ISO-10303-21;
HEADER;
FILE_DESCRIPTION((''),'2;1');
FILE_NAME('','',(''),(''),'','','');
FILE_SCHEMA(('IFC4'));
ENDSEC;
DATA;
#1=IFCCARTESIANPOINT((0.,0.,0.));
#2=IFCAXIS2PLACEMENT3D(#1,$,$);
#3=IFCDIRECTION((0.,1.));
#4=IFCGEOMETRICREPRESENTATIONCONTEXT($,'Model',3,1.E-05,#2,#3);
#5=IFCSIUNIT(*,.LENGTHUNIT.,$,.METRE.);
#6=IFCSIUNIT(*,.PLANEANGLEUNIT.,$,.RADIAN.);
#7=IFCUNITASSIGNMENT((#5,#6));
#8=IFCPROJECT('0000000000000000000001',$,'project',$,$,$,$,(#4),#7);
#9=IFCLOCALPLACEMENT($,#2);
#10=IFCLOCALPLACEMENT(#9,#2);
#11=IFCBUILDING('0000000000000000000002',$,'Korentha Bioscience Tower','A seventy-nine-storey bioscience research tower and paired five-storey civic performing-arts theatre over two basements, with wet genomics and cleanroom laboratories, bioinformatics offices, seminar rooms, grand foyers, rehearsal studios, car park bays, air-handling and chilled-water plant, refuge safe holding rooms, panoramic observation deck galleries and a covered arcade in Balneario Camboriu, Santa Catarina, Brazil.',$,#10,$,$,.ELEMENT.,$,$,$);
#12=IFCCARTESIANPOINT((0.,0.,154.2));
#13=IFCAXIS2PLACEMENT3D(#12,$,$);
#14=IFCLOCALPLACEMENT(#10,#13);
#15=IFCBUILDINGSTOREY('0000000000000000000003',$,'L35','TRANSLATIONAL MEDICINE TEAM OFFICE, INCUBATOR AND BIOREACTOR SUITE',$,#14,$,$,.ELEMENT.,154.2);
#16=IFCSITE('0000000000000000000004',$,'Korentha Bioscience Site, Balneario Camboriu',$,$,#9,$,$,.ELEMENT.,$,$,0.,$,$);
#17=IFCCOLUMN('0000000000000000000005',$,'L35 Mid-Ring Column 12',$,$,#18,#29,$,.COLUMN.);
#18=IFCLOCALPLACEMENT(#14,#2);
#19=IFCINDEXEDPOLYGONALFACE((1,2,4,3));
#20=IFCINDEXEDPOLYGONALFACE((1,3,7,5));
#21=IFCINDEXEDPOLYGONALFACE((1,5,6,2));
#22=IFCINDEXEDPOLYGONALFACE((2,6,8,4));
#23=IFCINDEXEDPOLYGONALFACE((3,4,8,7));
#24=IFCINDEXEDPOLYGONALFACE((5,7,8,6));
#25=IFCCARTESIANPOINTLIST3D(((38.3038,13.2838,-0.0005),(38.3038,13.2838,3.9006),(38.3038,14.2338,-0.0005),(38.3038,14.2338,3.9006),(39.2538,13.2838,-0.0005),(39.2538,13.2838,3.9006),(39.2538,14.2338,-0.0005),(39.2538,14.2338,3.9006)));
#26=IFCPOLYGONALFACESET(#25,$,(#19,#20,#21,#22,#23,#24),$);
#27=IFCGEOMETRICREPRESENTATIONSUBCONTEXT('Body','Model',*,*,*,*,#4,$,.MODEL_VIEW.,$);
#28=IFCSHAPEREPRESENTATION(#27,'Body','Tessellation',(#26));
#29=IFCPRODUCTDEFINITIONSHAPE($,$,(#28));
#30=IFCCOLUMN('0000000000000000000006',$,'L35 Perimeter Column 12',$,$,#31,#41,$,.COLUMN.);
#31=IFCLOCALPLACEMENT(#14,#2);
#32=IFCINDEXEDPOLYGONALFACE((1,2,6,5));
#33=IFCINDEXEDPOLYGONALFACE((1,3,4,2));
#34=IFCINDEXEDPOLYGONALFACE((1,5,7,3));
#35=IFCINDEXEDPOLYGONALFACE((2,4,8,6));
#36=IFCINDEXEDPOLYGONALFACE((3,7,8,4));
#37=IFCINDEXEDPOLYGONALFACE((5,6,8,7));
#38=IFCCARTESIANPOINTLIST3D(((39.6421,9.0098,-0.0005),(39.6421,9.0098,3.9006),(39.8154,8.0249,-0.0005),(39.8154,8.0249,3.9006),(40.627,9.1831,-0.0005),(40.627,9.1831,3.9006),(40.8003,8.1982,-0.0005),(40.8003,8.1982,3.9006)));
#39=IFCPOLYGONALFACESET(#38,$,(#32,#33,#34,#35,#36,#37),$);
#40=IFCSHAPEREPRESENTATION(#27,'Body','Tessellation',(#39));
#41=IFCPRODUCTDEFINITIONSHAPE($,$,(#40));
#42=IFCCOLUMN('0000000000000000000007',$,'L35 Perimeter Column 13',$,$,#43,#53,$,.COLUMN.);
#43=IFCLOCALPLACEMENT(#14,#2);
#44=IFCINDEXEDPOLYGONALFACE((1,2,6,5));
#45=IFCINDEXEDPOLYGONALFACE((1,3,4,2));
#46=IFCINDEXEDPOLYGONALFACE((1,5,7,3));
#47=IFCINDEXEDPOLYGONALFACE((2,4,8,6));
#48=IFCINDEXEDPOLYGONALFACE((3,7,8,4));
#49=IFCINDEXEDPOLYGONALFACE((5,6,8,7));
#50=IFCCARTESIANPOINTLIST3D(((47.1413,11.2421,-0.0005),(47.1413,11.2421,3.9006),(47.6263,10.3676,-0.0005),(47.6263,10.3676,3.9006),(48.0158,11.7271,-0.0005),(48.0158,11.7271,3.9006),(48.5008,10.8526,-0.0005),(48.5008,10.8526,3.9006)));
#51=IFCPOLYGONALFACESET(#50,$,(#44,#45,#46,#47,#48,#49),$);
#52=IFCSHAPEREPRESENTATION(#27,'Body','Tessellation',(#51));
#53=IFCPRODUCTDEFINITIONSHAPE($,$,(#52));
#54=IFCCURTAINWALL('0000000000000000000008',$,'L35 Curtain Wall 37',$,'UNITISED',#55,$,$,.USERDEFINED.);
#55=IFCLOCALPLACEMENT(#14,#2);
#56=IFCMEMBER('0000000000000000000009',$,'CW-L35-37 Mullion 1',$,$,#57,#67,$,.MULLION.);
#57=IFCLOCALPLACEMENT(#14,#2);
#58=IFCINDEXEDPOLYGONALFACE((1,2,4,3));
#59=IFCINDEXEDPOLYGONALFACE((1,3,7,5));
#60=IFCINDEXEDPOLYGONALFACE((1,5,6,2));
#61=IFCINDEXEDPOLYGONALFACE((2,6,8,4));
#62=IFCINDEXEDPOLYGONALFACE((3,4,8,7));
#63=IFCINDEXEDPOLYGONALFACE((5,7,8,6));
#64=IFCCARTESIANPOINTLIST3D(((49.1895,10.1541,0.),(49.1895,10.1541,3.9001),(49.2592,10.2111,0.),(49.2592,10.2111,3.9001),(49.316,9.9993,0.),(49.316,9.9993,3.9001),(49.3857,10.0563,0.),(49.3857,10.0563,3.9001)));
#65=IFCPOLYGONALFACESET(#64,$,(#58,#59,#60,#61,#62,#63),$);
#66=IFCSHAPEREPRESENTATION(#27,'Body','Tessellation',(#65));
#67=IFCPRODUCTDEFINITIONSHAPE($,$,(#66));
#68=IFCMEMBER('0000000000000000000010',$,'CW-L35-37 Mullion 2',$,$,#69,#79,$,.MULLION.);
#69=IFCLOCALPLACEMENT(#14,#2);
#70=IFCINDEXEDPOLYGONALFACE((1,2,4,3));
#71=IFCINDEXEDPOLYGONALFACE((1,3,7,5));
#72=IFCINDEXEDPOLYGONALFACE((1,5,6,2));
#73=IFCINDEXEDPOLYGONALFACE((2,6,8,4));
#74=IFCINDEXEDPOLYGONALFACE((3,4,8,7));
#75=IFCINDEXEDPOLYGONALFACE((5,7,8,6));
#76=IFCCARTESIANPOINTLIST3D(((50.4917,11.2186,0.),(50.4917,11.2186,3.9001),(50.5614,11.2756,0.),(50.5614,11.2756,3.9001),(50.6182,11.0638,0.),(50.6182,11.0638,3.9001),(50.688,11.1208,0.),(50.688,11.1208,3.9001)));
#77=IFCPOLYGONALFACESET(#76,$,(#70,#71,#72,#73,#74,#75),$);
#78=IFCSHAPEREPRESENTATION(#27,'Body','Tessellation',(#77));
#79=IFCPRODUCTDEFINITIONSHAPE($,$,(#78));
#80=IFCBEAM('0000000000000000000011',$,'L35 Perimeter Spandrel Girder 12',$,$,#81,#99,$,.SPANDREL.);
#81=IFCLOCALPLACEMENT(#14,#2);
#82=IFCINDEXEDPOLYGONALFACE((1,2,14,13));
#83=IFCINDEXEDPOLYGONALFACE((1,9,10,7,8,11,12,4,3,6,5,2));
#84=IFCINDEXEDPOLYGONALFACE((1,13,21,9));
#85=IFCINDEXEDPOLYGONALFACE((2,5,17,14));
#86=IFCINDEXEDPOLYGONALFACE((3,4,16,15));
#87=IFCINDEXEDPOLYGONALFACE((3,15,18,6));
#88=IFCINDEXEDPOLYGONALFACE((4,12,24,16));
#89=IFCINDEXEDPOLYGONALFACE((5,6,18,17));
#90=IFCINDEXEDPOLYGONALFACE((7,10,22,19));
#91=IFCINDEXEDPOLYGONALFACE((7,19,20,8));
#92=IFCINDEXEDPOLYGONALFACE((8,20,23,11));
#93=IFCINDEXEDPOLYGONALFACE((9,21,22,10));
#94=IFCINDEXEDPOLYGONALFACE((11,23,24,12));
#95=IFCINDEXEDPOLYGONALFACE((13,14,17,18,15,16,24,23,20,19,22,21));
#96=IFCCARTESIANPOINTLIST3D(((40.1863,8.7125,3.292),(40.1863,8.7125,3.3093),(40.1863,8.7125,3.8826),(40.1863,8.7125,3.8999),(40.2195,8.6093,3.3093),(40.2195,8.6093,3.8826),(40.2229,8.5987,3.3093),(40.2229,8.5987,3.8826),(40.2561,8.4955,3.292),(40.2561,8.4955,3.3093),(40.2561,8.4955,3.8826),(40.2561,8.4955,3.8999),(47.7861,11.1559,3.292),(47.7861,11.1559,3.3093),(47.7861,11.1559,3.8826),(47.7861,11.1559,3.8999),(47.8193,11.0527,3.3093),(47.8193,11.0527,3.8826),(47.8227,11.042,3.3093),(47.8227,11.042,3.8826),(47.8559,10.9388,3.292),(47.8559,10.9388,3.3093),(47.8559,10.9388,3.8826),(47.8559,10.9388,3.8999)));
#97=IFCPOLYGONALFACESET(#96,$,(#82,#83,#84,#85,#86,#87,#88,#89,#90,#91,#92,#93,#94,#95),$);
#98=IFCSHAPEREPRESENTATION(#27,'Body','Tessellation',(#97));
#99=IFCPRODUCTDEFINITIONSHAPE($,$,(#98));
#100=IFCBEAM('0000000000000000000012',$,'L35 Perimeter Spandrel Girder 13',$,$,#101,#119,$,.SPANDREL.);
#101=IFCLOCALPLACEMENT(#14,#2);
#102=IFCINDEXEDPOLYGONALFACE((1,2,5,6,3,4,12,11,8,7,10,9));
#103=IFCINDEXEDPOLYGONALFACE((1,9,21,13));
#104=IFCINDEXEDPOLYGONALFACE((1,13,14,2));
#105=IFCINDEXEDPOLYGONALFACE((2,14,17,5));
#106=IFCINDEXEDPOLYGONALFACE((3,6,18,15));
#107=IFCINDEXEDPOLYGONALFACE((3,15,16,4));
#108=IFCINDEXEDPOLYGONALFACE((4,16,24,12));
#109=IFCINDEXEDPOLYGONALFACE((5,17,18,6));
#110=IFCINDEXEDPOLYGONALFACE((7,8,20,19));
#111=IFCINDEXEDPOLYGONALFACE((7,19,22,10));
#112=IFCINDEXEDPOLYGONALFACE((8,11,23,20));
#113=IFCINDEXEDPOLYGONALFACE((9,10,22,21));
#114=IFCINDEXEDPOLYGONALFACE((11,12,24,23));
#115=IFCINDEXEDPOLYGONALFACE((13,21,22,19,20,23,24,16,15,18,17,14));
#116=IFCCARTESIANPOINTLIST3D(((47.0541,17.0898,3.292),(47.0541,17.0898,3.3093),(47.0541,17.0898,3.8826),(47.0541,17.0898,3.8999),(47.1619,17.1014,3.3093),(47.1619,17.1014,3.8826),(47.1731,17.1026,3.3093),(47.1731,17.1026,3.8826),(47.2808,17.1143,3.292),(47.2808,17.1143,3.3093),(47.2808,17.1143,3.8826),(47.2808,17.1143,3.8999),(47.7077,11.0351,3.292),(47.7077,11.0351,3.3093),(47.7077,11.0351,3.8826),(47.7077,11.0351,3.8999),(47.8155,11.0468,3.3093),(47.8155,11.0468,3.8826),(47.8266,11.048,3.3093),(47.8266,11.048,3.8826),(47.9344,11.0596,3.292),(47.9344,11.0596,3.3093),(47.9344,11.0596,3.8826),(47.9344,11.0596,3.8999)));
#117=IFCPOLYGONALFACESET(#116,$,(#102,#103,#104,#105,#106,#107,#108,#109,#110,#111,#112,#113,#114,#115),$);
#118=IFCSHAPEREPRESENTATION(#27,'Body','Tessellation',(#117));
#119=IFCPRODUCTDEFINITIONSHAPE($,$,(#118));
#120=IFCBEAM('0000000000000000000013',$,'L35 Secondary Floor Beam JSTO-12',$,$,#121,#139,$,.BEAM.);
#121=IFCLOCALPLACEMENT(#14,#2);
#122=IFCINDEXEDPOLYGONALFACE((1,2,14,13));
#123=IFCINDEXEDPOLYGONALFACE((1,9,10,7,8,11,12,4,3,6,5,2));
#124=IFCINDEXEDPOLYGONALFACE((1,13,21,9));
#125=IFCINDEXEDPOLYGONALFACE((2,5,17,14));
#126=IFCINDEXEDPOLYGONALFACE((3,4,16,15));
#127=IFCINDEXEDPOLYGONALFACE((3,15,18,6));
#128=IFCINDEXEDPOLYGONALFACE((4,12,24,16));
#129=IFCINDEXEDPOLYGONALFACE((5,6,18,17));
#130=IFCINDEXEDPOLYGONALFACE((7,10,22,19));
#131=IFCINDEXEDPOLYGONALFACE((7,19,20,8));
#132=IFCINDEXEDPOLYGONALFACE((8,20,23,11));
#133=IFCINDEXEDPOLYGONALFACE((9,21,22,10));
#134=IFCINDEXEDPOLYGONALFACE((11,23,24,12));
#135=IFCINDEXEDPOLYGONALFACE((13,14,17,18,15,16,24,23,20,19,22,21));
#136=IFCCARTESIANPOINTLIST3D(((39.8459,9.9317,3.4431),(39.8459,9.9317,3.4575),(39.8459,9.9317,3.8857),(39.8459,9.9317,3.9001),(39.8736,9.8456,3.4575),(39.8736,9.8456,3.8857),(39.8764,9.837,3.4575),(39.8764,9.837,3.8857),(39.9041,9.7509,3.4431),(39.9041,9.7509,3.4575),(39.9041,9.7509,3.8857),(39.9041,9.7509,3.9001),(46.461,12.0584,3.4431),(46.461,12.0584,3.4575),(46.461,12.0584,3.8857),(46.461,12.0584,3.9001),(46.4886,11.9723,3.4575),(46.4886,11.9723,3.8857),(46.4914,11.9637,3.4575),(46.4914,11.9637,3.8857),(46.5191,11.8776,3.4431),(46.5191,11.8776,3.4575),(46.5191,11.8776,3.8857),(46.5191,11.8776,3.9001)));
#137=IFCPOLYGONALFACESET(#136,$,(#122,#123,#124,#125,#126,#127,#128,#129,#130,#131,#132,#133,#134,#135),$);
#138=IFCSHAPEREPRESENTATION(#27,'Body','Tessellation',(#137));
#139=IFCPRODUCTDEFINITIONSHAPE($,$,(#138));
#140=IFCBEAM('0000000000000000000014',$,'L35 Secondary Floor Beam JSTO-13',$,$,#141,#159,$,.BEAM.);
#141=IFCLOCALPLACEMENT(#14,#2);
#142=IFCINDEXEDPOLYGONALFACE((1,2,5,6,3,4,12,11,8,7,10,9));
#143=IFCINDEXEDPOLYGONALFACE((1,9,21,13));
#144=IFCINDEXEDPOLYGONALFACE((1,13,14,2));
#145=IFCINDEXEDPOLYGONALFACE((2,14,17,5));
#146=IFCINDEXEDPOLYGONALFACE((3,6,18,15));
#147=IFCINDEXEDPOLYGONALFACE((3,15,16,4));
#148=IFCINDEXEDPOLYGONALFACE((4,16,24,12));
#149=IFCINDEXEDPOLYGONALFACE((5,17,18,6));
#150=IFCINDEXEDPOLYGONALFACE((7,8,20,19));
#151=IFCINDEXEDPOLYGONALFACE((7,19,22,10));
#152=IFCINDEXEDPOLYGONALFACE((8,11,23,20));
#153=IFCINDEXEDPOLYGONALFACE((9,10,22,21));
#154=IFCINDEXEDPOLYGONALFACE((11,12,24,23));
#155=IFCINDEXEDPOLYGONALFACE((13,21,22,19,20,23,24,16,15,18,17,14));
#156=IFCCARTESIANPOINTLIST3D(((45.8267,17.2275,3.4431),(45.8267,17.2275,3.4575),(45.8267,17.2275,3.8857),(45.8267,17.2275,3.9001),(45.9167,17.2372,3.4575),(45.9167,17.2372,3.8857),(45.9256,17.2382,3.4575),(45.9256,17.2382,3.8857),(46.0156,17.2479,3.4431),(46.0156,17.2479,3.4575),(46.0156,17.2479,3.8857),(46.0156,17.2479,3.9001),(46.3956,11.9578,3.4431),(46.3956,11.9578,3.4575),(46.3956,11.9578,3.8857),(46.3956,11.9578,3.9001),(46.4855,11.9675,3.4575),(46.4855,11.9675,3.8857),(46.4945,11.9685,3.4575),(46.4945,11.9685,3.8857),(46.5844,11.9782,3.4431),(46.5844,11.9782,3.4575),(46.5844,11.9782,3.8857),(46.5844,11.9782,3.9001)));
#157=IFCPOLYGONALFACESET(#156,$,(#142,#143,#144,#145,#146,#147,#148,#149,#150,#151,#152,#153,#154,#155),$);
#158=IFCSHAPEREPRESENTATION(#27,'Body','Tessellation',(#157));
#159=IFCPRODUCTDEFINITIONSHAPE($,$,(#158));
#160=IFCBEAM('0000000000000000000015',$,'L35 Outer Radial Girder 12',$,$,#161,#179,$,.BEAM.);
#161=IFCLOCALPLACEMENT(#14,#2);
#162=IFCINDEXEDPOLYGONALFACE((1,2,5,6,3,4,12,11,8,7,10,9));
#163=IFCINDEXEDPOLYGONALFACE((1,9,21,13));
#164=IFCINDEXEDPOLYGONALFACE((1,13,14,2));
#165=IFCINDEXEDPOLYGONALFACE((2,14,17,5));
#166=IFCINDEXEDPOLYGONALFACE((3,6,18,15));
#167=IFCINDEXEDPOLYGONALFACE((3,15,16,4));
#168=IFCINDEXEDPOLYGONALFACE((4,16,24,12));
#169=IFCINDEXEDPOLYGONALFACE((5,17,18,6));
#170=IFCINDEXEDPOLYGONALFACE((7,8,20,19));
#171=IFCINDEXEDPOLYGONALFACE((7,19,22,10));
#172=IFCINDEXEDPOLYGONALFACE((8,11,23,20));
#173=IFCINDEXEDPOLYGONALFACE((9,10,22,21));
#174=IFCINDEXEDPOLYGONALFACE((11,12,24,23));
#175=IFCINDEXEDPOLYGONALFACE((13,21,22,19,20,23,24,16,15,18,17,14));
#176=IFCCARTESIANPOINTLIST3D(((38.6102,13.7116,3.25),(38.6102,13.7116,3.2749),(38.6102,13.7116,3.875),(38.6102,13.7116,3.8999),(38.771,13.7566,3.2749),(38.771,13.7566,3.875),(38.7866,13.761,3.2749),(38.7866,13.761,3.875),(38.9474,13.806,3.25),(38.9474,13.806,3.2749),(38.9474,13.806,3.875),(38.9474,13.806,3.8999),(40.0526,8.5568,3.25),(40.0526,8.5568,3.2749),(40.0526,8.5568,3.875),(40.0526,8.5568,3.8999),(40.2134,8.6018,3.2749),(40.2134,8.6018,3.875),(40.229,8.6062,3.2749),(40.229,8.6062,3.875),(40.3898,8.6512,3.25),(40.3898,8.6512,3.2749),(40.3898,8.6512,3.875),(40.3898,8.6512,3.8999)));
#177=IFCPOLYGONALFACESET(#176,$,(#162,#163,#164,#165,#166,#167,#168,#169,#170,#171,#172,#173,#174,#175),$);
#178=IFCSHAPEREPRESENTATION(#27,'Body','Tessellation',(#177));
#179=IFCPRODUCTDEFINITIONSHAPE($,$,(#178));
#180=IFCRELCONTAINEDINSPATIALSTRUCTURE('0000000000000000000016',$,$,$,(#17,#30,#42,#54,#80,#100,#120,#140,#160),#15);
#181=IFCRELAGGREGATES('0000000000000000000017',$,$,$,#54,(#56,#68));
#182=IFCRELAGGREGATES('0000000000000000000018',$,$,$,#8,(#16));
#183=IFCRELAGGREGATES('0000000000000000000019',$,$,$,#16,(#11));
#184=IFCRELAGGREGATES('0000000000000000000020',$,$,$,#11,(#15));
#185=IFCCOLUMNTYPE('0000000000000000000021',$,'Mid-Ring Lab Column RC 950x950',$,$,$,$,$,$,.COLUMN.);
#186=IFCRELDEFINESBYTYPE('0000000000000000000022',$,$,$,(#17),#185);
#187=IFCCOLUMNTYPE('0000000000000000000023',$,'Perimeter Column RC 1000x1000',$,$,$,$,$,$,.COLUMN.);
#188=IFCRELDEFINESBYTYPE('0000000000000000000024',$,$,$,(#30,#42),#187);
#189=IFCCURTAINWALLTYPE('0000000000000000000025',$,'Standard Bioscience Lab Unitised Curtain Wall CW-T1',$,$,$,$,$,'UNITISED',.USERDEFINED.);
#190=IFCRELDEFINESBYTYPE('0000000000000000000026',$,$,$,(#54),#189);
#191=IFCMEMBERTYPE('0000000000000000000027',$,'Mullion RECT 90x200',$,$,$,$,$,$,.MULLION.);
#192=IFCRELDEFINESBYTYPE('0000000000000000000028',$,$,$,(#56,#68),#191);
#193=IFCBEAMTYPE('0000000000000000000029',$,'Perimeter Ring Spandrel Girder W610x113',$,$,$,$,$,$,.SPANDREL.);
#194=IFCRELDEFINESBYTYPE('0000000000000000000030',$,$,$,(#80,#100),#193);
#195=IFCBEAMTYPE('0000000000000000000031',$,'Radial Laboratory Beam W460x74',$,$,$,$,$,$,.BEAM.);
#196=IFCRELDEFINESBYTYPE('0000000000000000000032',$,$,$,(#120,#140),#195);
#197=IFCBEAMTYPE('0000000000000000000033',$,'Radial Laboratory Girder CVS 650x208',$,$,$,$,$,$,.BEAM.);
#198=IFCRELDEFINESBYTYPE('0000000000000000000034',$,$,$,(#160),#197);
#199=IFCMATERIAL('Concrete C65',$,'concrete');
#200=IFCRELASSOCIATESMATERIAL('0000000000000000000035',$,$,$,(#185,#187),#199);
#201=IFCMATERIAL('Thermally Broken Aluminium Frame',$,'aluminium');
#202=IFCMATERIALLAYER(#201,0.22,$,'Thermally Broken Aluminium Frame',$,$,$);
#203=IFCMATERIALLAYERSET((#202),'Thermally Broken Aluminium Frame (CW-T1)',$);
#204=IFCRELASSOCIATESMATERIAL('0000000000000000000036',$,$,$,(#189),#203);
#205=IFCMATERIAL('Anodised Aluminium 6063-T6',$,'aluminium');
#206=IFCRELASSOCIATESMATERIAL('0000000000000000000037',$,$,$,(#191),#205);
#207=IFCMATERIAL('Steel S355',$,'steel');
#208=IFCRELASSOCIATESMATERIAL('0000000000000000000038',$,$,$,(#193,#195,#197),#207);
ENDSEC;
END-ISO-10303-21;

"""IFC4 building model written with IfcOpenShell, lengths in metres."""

from ifc_helpers import new_model, si_unit, direction, frame, origin, origin_2d, place, context, subcontext, project, spatial, rectangle, i_section, extrude, material, layer, layer_set, material_profile, profile_set, type_object, element, aggregate, save


model = new_model("IFC4")

# Units and contexts
model_context = context("Model", 3, precision=1e-05, world=origin(), true_north=direction((0.0, 1.0)))
body_context = subcontext(model_context, "Body", "Model", "MODEL_VIEW")
ifc_project = project(units=[si_unit("LENGTHUNIT", "METRE"), si_unit("PLANEANGLEUNIT", "RADIAN")], contexts=[model_context])

# Site, building, storey
site_placement = place(None, origin())
site = spatial("IfcSite", under=ifc_project, at=site_placement, Name="Korentha Bioscience Site, Balneario Camboriu", CompositionType="ELEMENT", RefElevation=0.0)
building_placement = place(site_placement, origin())
building = spatial("IfcBuilding", under=site, at=building_placement, Name="Korentha Bioscience Tower", Description="A seventy-nine-storey bioscience research tower and paired five-storey civic performing-arts theatre over two basements, with wet genomics and cleanroom laboratories, bioinformatics offices, seminar rooms, grand foyers, rehearsal studios, car park bays, air-handling and chilled-water plant, refuge safe holding rooms, panoramic observation deck galleries and a covered arcade in Balneario Camboriu, Santa Catarina, Brazil.", CompositionType="ELEMENT")
storey_placement = place(building_placement, frame((0.0, 0.0, 154.2)))
storey = spatial("IfcBuildingStorey", under=building, at=storey_placement, Name="L35", Description="TRANSLATIONAL MEDICINE TEAM OFFICE, INCUBATOR AND BIOREACTOR SUITE", CompositionType="ELEMENT", Elevation=154.2)

# Columns
ifc_material_1 = material(Name="Concrete C65", Category="concrete")
ifc_material_profile_1 = material_profile(ifc_material_1, rectangle(XDim=0.95, YDim=0.95, at=origin_2d()), Name="Concrete C65")
ifc_profile_set_1 = profile_set([ifc_material_profile_1], Name="Concrete C65 (COL-MR09)")
column_type_1 = type_object("IfcColumnType", Name="Mid-Ring Lab Column RC 950x950", PredefinedType="COLUMN", material=ifc_profile_set_1)
column_placement = place(storey_placement, frame((38.7788, 13.7588, -0.0005), z_axis=(0.0, 0.0, 1.0), x_axis=(1.0, 0.0, 0.0)))
element("IfcColumn", 1, at=column_placement, inside=storey, type_object=column_type_1, Name="L35 Mid-Ring Column 12", PredefinedType="COLUMN", context=body_context, shape_type="SweptSolid", body=[
    extrude(rectangle(XDim=0.95, YDim=0.95, at=origin_2d()), origin(), (0.0, 0.0, 1.0), 3.9011),
])
ifc_material_profile_2 = material_profile(ifc_material_1, rectangle(XDim=1.0, YDim=1.0, at=origin_2d()), Name="Concrete C65")
ifc_profile_set_2 = profile_set([ifc_material_profile_2], Name="Concrete C65 (COL-P10)")
column_type_2 = type_object("IfcColumnType", Name="Perimeter Column RC 1000x1000", PredefinedType="COLUMN", material=ifc_profile_set_2)
for number, where, z_axis, x_axis, name in (
    (2, (40.2212, 8.604, -0.0005), (0.0, 0.0, 1.0), (0.984868, 0.173304, 0.0), "L35 Perimeter Column 12"),
    (3, (47.821, 11.0474, -0.0005), (0.0, 0.0, 1.0), (0.874535, 0.484962, 0.0), "L35 Perimeter Column 13"),
):
    element("IfcColumn", number, at=place(storey_placement, frame(where, z_axis=z_axis, x_axis=x_axis)), inside=storey, type_object=column_type_2, Name=name, PredefinedType="COLUMN", context=body_context, shape_type="SweptSolid", body=[
        extrude(rectangle(XDim=1.0, YDim=1.0, at=origin_2d()), origin(), (0.0, 0.0, 1.0), 3.9011),
    ])

# Curtain wall, members
ifc_material_2 = material(Name="Thermally Broken Aluminium Frame", Category="aluminium")
ifc_layer_1 = layer(ifc_material_2, 0.22, Name="Thermally Broken Aluminium Frame")
ifc_layer_set_1 = layer_set([ifc_layer_1], Name="Thermally Broken Aluminium Frame (CW-T1)")
curtain_wall_type = type_object("IfcCurtainWallType", Name="Standard Bioscience Lab Unitised Curtain Wall CW-T1", ElementType="UNITISED", PredefinedType="USERDEFINED", material=ifc_layer_set_1)
curtain_wall_placement = place(storey_placement, origin())
curtain_wall = element("IfcCurtainWall", 4, at=curtain_wall_placement, inside=storey, type_object=curtain_wall_type, Name="L35 Curtain Wall 37", ObjectType="UNITISED", PredefinedType="USERDEFINED")
ifc_material_3 = material(Name="Anodised Aluminium 6063-T6", Category="aluminium")
ifc_material_profile_3 = material_profile(ifc_material_3, rectangle(XDim=0.0901, YDim=0.2, at=origin_2d()), Name="Anodised Aluminium 6063-T6")
ifc_profile_set_3 = profile_set([ifc_material_profile_3], Name="Anodised Aluminium 6063-T6 (CW-MUL)")
member_type_1 = type_object("IfcMemberType", Name="Mullion RECT 90x200", PredefinedType="MULLION", material=ifc_profile_set_3)
member_1_placement = place(storey_placement, frame((49.2876, 10.1052, 0.0), z_axis=(0.0, 0.0, 1.0), x_axis=(0.774256, 0.632872, 0.0)))
member_1 = element("IfcMember", 5, at=member_1_placement, type_object=member_type_1, Name="CW-L35-37 Mullion 1", PredefinedType="MULLION", context=body_context, shape_type="SweptSolid", body=[
    extrude(rectangle(XDim=0.0901, YDim=0.2, at=origin_2d()), origin(), (0.0, 0.0, 1.0), 3.9001),
])
member_2_placement = place(storey_placement, frame((50.5898, 11.1697, 0.0), z_axis=(0.0, 0.0, 1.0), x_axis=(0.774256, 0.632872, 0.0)))
member_2 = element("IfcMember", 6, at=member_2_placement, type_object=member_type_1, Name="CW-L35-37 Mullion 2", PredefinedType="MULLION", context=body_context, shape_type="SweptSolid", body=[
    extrude(rectangle(XDim=0.0901, YDim=0.2, at=origin_2d()), origin(), (0.0, 0.0, 1.0), 3.9001),
])

# Beams
ifc_material_4 = material(Name="Steel S355", Category="steel")
ifc_material_profile_4 = material_profile(ifc_material_4, i_section(OverallWidth=0.228, OverallDepth=0.6079, WebThickness=0.0112, FlangeThickness=0.0173, at=origin_2d()), Name="Steel S355")
ifc_profile_set_4 = profile_set([ifc_material_profile_4], Name="Steel S355 (SB-610)")
beam_type_1 = type_object("IfcBeamType", Name="Perimeter Ring Spandrel Girder W610x113", PredefinedType="SPANDREL", material=ifc_profile_set_4)
beam_1_placement = place(storey_placement, frame((40.2212, 8.604, 3.5959), z_axis=(0.952009, 0.306072, 0.0), x_axis=(-0.306072, 0.952009, 0.0)))
element("IfcBeam", 7, at=beam_1_placement, inside=storey, type_object=beam_type_1, Name="L35 Perimeter Spandrel Girder 12", PredefinedType="SPANDREL", context=body_context, shape_type="SweptSolid", body=[
    extrude(i_section(OverallWidth=0.228, OverallDepth=0.6079, WebThickness=0.0112, FlangeThickness=0.0173, at=origin_2d()), origin(), (0.0, 0.0, 1.0), 7.9829),
])
beam_2_placement = place(storey_placement, frame((47.821, 11.0474, 3.5959), z_axis=(-0.10732, 0.994225, 0.0), x_axis=(-0.994225, -0.10732, 0.0)))
element("IfcBeam", 8, at=beam_2_placement, inside=storey, type_object=beam_type_1, Name="L35 Perimeter Spandrel Girder 13", PredefinedType="SPANDREL", context=body_context, shape_type="SweptSolid", body=[
    extrude(i_section(OverallWidth=0.228, OverallDepth=0.6079, WebThickness=0.0112, FlangeThickness=0.0173, at=origin_2d()), origin(), (0.0, 0.0, 1.0), 6.0898),
])
ifc_material_profile_5 = material_profile(ifc_material_4, i_section(OverallWidth=0.1899, OverallDepth=0.457, WebThickness=0.009, FlangeThickness=0.0144, at=origin_2d()), Name="Steel S355")
ifc_profile_set_5 = profile_set([ifc_material_profile_5], Name="Steel S355 (RB-460)")
beam_type_2 = type_object("IfcBeamType", Name="Radial Laboratory Beam W460x74", PredefinedType="BEAM", material=ifc_profile_set_5)
beam_3_placement = place(storey_placement, frame((39.875, 9.8413, 3.6716), z_axis=(0.952009, 0.306069, 0.0), x_axis=(-0.306069, 0.952009, 0.0)))
element("IfcBeam", 9, at=beam_3_placement, inside=storey, type_object=beam_type_2, Name="L35 Secondary Floor Beam JSTO-12", PredefinedType="BEAM", context=body_context, shape_type="SweptSolid", body=[
    extrude(i_section(OverallWidth=0.1899, OverallDepth=0.457, WebThickness=0.009, FlangeThickness=0.0144, at=origin_2d()), origin(), (0.0, 0.0, 1.0), 6.9485),
])
beam_4_placement = place(storey_placement, frame((46.49, 11.968, 3.6716), z_axis=(-0.107322, 0.994224, 0.0), x_axis=(-0.994224, -0.107322, 0.0)))
element("IfcBeam", 10, at=beam_4_placement, inside=storey, type_object=beam_type_2, Name="L35 Secondary Floor Beam JSTO-13", PredefinedType="BEAM", context=body_context, shape_type="SweptSolid", body=[
    extrude(i_section(OverallWidth=0.1899, OverallDepth=0.457, WebThickness=0.009, FlangeThickness=0.0144, at=origin_2d()), origin(), (0.0, 0.0, 1.0), 5.3003),
])
ifc_material_profile_6 = material_profile(ifc_material_4, i_section(OverallWidth=0.3501, OverallDepth=0.6499, WebThickness=0.0161, FlangeThickness=0.0249, at=origin_2d()), Name="Steel S355")
ifc_profile_set_6 = profile_set([ifc_material_profile_6], Name="Steel S355 (RB-650)")
beam_type_3 = type_object("IfcBeamType", Name="Radial Laboratory Girder CVS 650x208", PredefinedType="BEAM", material=ifc_profile_set_6)
beam_5_placement = place(storey_placement, frame((38.7788, 13.7588, 3.575), z_axis=(0.269464, -0.96301, 0.0), x_axis=(0.96301, 0.269464, 0.0)))
element("IfcBeam", 11, at=beam_5_placement, inside=storey, type_object=beam_type_3, Name="L35 Outer Radial Girder 12", PredefinedType="BEAM", context=body_context, shape_type="SweptSolid", body=[
    extrude(i_section(OverallWidth=0.3501, OverallDepth=0.6499, WebThickness=0.0161, FlangeThickness=0.0249, at=origin_2d()), origin(), (0.0, 0.0, 1.0), 5.3528),
])

aggregate(curtain_wall, [member_1, member_2])

save(model, "model.ifc")
